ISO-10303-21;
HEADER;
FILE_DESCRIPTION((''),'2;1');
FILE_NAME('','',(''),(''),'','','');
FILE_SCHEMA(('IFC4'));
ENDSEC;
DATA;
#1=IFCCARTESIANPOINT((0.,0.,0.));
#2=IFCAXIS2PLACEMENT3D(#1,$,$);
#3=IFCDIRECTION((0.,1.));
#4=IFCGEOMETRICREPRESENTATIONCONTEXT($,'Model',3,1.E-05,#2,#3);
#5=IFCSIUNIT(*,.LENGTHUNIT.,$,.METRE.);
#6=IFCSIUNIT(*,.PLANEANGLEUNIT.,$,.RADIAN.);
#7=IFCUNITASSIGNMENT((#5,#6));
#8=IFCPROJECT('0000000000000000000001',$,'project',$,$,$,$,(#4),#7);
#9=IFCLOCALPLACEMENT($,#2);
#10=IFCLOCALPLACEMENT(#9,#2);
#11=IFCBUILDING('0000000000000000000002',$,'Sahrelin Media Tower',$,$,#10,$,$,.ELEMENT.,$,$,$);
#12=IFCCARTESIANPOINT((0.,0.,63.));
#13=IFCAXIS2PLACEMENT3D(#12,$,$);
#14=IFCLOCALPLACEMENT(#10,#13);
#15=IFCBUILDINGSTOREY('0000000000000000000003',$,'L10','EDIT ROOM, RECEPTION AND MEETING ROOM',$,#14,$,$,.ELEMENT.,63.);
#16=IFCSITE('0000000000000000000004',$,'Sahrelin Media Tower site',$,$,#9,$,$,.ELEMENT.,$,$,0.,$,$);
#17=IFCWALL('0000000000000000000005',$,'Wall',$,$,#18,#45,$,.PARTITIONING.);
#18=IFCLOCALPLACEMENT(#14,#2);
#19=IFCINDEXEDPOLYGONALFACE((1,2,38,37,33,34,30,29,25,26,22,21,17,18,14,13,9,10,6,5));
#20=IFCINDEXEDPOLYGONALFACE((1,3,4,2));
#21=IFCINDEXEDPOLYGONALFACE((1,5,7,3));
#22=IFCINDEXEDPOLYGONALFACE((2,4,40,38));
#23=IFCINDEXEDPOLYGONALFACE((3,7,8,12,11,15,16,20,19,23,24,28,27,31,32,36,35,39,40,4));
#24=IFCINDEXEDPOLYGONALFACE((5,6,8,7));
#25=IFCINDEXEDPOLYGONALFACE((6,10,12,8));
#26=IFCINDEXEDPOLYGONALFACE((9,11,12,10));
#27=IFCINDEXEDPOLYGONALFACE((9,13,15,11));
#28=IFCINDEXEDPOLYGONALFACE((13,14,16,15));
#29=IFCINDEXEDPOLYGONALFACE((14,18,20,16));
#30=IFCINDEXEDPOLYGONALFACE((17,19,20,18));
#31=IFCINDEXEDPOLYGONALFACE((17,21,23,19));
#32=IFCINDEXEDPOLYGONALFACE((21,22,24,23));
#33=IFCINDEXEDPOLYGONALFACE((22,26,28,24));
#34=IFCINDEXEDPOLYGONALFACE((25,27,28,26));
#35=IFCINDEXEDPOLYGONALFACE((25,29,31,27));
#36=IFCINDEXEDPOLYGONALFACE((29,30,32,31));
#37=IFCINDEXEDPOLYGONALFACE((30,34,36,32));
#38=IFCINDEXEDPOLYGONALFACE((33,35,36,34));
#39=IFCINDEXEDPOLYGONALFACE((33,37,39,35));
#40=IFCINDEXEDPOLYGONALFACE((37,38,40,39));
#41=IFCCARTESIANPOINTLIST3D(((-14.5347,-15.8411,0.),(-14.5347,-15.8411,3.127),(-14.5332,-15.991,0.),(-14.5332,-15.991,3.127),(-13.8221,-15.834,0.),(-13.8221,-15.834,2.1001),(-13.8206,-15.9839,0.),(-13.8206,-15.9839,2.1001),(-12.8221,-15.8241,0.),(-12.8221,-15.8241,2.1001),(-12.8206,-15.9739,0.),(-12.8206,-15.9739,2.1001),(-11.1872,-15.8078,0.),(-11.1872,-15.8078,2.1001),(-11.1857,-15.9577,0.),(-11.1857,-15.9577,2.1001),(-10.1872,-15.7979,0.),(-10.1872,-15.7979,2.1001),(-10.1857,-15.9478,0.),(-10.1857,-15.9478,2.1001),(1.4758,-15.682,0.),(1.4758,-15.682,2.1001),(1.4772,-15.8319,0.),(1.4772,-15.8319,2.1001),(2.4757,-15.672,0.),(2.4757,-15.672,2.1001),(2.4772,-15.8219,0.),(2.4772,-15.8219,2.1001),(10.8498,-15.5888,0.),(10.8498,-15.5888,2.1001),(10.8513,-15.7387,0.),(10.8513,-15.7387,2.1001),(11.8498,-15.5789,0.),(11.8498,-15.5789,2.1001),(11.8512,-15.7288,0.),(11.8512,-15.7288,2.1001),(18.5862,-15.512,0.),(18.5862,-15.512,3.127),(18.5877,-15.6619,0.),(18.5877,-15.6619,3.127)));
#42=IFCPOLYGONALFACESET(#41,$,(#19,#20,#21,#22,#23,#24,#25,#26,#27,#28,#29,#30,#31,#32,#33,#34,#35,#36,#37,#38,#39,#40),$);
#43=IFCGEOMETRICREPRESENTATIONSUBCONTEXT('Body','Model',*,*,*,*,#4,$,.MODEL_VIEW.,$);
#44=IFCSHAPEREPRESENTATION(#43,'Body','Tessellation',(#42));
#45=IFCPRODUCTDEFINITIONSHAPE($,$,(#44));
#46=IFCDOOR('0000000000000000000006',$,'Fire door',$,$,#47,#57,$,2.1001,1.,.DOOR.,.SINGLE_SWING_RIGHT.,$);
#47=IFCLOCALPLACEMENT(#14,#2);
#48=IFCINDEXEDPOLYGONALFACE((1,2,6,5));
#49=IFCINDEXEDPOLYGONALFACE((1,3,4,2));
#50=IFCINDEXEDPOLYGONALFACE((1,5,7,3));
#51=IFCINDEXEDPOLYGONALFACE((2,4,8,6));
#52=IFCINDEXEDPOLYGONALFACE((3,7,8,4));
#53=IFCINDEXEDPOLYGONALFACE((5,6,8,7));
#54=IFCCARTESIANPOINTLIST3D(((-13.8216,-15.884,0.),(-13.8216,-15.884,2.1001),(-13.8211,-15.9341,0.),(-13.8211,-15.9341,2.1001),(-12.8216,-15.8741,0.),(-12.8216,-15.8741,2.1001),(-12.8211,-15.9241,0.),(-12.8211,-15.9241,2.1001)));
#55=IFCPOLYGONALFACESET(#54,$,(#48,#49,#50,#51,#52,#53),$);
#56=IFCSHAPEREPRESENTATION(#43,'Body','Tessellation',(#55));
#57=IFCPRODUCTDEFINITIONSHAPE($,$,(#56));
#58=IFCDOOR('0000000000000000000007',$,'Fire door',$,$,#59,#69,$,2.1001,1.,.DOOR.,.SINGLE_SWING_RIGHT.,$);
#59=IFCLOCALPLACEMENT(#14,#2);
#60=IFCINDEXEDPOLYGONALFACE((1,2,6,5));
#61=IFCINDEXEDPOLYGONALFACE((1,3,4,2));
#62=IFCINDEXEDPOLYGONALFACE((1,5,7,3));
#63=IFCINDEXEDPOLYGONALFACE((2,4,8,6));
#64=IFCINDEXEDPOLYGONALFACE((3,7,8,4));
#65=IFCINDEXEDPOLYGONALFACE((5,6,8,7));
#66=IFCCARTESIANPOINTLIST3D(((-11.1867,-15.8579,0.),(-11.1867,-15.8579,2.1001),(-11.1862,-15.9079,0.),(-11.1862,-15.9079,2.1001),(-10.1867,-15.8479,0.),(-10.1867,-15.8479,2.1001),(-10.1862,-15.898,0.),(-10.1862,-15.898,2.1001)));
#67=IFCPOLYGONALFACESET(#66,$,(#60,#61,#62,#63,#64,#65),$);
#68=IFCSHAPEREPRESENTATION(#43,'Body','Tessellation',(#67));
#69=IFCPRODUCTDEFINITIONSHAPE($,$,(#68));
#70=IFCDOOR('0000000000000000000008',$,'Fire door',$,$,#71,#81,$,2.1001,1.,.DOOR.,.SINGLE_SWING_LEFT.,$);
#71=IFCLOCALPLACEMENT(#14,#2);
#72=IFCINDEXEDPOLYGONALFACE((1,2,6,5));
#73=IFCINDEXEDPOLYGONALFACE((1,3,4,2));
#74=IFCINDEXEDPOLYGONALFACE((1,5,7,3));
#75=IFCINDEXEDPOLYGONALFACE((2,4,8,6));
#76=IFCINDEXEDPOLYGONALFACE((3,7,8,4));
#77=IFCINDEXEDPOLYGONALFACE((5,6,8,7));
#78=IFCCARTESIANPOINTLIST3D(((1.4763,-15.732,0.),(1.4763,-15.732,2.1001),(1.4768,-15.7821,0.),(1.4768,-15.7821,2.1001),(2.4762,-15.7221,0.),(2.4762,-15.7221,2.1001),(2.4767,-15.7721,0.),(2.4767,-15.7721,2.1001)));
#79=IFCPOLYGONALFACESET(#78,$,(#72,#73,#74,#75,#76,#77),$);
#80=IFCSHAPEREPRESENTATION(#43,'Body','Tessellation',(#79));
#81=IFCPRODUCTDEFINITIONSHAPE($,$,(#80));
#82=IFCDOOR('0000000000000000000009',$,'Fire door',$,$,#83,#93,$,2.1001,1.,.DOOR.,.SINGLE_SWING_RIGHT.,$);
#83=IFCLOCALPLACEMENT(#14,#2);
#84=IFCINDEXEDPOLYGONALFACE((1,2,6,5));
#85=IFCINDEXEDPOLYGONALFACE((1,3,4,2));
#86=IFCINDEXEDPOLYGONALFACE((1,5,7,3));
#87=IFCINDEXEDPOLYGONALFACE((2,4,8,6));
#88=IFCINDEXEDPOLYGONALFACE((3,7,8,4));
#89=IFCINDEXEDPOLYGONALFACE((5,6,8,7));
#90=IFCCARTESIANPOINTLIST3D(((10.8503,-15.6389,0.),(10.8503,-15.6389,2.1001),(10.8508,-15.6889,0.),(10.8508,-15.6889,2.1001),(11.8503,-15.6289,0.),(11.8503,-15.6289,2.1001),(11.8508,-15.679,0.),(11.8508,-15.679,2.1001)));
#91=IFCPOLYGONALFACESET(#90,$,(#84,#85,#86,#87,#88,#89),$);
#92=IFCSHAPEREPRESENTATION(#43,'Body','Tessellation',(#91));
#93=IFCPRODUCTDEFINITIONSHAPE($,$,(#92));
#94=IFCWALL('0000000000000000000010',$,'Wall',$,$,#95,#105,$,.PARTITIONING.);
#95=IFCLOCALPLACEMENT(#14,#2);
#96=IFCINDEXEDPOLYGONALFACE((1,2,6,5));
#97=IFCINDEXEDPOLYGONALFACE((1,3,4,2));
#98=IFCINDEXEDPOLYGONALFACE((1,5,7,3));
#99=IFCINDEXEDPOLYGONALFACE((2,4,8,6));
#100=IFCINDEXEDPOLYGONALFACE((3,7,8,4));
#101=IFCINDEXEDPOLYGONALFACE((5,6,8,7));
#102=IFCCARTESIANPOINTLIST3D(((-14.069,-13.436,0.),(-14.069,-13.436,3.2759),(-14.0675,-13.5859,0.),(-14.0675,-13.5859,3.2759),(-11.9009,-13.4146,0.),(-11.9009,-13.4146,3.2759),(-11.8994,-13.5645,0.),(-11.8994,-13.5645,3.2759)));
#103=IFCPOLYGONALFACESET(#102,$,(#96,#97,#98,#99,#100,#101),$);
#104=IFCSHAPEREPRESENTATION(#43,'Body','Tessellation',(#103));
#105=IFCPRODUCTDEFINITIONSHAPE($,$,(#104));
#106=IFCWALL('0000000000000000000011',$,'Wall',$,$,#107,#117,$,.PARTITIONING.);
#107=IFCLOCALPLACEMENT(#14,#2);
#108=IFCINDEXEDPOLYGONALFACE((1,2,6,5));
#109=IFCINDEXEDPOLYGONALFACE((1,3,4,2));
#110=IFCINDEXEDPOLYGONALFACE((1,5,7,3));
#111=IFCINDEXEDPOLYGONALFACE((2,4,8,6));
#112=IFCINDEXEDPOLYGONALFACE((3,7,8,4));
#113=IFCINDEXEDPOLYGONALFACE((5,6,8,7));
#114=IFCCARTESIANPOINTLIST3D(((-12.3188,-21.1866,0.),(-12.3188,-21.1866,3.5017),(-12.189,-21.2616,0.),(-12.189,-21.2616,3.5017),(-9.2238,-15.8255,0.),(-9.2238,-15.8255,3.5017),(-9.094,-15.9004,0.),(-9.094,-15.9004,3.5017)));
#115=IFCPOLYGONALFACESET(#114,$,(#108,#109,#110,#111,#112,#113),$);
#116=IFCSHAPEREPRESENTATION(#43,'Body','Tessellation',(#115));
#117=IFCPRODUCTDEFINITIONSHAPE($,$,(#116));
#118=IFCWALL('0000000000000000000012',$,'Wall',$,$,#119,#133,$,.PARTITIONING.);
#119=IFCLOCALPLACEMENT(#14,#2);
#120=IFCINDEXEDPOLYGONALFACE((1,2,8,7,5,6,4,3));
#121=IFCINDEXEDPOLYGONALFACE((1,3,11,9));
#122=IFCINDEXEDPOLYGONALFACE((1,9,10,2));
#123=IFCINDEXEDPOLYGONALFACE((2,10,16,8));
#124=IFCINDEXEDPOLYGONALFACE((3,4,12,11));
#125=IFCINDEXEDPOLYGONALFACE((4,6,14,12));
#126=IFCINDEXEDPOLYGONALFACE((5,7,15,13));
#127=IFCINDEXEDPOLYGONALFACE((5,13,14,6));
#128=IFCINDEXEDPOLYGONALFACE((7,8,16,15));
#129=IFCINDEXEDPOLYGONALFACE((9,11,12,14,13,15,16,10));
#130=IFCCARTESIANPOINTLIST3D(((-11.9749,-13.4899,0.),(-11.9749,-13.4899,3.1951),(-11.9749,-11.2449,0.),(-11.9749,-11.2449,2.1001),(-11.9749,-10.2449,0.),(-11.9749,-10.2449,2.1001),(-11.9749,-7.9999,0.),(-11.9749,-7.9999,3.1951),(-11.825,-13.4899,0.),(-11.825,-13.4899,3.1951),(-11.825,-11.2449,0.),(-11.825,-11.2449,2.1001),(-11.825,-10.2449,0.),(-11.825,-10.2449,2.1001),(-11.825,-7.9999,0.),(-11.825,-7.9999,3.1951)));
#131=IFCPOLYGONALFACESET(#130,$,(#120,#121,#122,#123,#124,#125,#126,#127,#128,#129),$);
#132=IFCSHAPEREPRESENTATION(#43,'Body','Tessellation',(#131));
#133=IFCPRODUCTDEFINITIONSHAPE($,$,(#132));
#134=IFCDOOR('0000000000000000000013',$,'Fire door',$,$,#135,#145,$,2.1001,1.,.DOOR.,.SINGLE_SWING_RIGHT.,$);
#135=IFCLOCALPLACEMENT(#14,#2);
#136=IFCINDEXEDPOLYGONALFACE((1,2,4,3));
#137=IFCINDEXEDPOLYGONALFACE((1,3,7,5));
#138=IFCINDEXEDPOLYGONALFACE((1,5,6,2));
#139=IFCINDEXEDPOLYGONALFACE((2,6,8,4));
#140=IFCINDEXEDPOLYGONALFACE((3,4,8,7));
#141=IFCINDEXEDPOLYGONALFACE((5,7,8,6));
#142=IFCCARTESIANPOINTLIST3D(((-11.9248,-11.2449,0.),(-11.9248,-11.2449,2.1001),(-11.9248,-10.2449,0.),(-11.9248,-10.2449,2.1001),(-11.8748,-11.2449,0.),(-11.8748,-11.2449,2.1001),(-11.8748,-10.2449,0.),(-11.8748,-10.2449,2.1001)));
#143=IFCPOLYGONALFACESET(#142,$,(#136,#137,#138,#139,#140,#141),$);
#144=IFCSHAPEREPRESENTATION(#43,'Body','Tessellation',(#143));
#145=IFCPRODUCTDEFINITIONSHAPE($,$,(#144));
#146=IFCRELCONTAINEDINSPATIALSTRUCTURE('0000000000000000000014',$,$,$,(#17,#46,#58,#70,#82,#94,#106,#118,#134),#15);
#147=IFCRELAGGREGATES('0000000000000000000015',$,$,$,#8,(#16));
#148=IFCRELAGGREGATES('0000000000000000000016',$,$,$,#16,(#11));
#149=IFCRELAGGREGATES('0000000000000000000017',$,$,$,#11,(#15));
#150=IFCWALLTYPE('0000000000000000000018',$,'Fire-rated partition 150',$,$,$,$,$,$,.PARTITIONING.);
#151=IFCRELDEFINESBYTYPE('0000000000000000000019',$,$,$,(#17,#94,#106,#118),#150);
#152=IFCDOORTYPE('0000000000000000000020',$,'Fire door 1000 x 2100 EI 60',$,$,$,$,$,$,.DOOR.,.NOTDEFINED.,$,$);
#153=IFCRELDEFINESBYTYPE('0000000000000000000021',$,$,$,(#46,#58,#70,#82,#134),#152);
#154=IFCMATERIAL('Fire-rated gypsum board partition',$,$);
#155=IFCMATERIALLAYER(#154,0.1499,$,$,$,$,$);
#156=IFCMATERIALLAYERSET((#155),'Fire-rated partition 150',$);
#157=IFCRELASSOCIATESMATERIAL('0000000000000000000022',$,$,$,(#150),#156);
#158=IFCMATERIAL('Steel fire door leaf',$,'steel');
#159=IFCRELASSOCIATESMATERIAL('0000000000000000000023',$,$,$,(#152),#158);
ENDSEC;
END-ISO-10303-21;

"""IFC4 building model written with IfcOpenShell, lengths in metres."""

from ifc_helpers import new_model, si_unit, direction, frame, frame_2d, origin, place, context, subcontext, project, spatial, rectangle, extrude, material, layer, layer_set, type_object, element, fill, save


model = new_model("IFC4")

# Units and contexts
model_context = context("Model", 3, precision=1e-05, world=origin(), true_north=direction((0.0, 1.0)))
body_context = subcontext(model_context, "Body", "Model", "MODEL_VIEW")
ifc_project = project(units=[si_unit("LENGTHUNIT", "METRE"), si_unit("PLANEANGLEUNIT", "RADIAN")], contexts=[model_context])

# Site, building, storey
site_placement = place(None, origin())
site = spatial("IfcSite", under=ifc_project, at=site_placement, Name="Sahrelin Media Tower site", CompositionType="ELEMENT", RefElevation=0.0)
building_placement = place(site_placement, origin())
building = spatial("IfcBuilding", under=site, at=building_placement, Name="Sahrelin Media Tower", CompositionType="ELEMENT")
storey_placement = place(building_placement, frame((0.0, 0.0, 63.0)))
storey = spatial("IfcBuildingStorey", under=building, at=storey_placement, Name="L10", Description="EDIT ROOM, RECEPTION AND MEETING ROOM", CompositionType="ELEMENT", Elevation=63.0)

# Wall, openings, doors
ifc_material_1 = material(Name="Fire-rated gypsum board partition")
ifc_layer_1 = layer(ifc_material_1, 0.1499)
ifc_layer_set_1 = layer_set([ifc_layer_1], Name="Fire-rated partition 150")
wall_type_1 = type_object("IfcWallType", Name="Fire-rated partition 150", PredefinedType="PARTITIONING", material=ifc_layer_set_1)
wall_1_placement = place(storey_placement, frame((-14.5339, -15.916, 0.0), z_axis=(0.0, 0.0, 1.0), x_axis=(0.999951, 0.009936, 0.0)))
wall_1 = element("IfcWall", 1, at=wall_1_placement, inside=storey, type_object=wall_type_1, Name="Wall", PredefinedType="PARTITIONING", context=body_context, shape_type="SweptSolid", body=[
    extrude(rectangle(XDim=33.1226, YDim=0.1499, at=frame_2d((16.5613, 0.0))), origin(), (0.0, 0.0, 1.0), 3.127),
])
opening_1_placement = place(wall_1_placement, frame((0.7126, 0.0, 0.0)))
opening_1 = element("IfcOpeningElement", 2, at=opening_1_placement, cuts=wall_1, PredefinedType="OPENING", context=body_context, shape_type="SweptSolid", body=[
    extrude(rectangle(XDim=1.0, YDim=2.1001, at=frame_2d((0.5, 1.05))), frame((0.0, 0.075, 0.0), z_axis=(0.0, -1.0, 0.0), x_axis=(1.0, 0.0, 0.0)), (0.0, 0.0, 1.0), 0.1499),
])
opening_2_placement = place(wall_1_placement, frame((3.3477, 0.0, 0.0)))
opening_2 = element("IfcOpeningElement", 3, at=opening_2_placement, cuts=wall_1, PredefinedType="OPENING", context=body_context, shape_type="SweptSolid", body=[
    extrude(rectangle(XDim=1.0, YDim=2.1001, at=frame_2d((0.5, 1.05))), frame((0.0, 0.075, 0.0), z_axis=(0.0, -1.0, 0.0), x_axis=(1.0, 0.0, 0.0)), (0.0, 0.0, 1.0), 0.1499),
])
opening_3_placement = place(wall_1_placement, frame((16.0112, 0.0, 0.0)))
opening_3 = element("IfcOpeningElement", 4, at=opening_3_placement, cuts=wall_1, PredefinedType="OPENING", context=body_context, shape_type="SweptSolid", body=[
    extrude(rectangle(XDim=1.0, YDim=2.1001, at=frame_2d((0.5, 1.05))), frame((0.0, 0.075, 0.0), z_axis=(0.0, -1.0, 0.0), x_axis=(1.0, 0.0, 0.0)), (0.0, 0.0, 1.0), 0.1499),
])
opening_4_placement = place(wall_1_placement, frame((25.3857, 0.0, 0.0)))
opening_4 = element("IfcOpeningElement", 5, at=opening_4_placement, cuts=wall_1, PredefinedType="OPENING", context=body_context, shape_type="SweptSolid", body=[
    extrude(rectangle(XDim=1.0, YDim=2.1001, at=frame_2d((0.5, 1.05))), frame((0.0, 0.075, 0.0), z_axis=(0.0, -1.0, 0.0), x_axis=(1.0, 0.0, 0.0)), (0.0, 0.0, 1.0), 0.1499),
])
ifc_material_2 = material(Name="Steel fire door leaf", Category="steel")
door_type_1 = type_object("IfcDoorType", Name="Fire door 1000 x 2100 EI 60", OperationType="NOTDEFINED", PredefinedType="DOOR", material=ifc_material_2)
door_1_placement = place(opening_1_placement, origin())
door_1 = element("IfcDoor", 6, at=door_1_placement, inside=storey, type_object=door_type_1, Name="Fire door", OperationType="SINGLE_SWING_RIGHT", OverallHeight=2.1001, OverallWidth=1.0, PredefinedType="DOOR", context=body_context, shape_type="SweptSolid", body=[
    extrude(rectangle(XDim=1.0, YDim=2.1001, at=frame_2d((0.5, 1.05))), frame((0.0, 0.0249, 0.0), z_axis=(0.0, -1.0, 0.0), x_axis=(1.0, 0.0, 0.0)), (0.0, 0.0, 1.0), 0.05),
])
fill(opening_1, door_1)
door_2_placement = place(opening_2_placement, origin())
door_2 = element("IfcDoor", 7, at=door_2_placement, inside=storey, type_object=door_type_1, Name="Fire door", OperationType="SINGLE_SWING_RIGHT", OverallHeight=2.1001, OverallWidth=1.0, PredefinedType="DOOR", context=body_context, shape_type="SweptSolid", body=[
    extrude(rectangle(XDim=1.0, YDim=2.1001, at=frame_2d((0.5, 1.05))), frame((0.0, 0.0249, 0.0), z_axis=(0.0, -1.0, 0.0), x_axis=(1.0, 0.0, 0.0)), (0.0, 0.0, 1.0), 0.05),
])
fill(opening_2, door_2)
door_3_placement = place(opening_3_placement, origin())
door_3 = element("IfcDoor", 8, at=door_3_placement, inside=storey, type_object=door_type_1, Name="Fire door", OperationType="SINGLE_SWING_LEFT", OverallHeight=2.1001, OverallWidth=1.0, PredefinedType="DOOR", context=body_context, shape_type="SweptSolid", body=[
    extrude(rectangle(XDim=1.0, YDim=2.1001, at=frame_2d((0.5, 1.05))), frame((0.0, 0.0249, 0.0), z_axis=(0.0, -1.0, 0.0), x_axis=(1.0, 0.0, 0.0)), (0.0, 0.0, 1.0), 0.05),
])
fill(opening_3, door_3)
door_4_placement = place(opening_4_placement, origin())
door_4 = element("IfcDoor", 9, at=door_4_placement, inside=storey, type_object=door_type_1, Name="Fire door", OperationType="SINGLE_SWING_RIGHT", OverallHeight=2.1001, OverallWidth=1.0, PredefinedType="DOOR", context=body_context, shape_type="SweptSolid", body=[
    extrude(rectangle(XDim=1.0, YDim=2.1001, at=frame_2d((0.5, 1.05))), frame((0.0, 0.0249, 0.0), z_axis=(0.0, -1.0, 0.0), x_axis=(1.0, 0.0, 0.0)), (0.0, 0.0, 1.0), 0.05),
])
fill(opening_4, door_4)

# Walls
wall_2_placement = place(storey_placement, frame((-14.0681, -13.511, 0.0), z_axis=(0.0, 0.0, 1.0), x_axis=(0.999951, 0.009908, 0.0)))
element("IfcWall", 10, at=wall_2_placement, inside=storey, type_object=wall_type_1, Name="Wall", PredefinedType="PARTITIONING", context=body_context, shape_type="SweptSolid", body=[
    extrude(rectangle(XDim=2.1682, YDim=0.1499, at=frame_2d((1.084, 0.0))), origin(), (0.0, 0.0, 1.0), 3.2759),
])
wall_3_placement = place(storey_placement, frame((-12.2539, -21.2241, 0.0), z_axis=(0.0, 0.0, 1.0), x_axis=(0.499969, 0.866043, 0.0)))
element("IfcWall", 11, at=wall_3_placement, inside=storey, type_object=wall_type_1, Name="Wall", PredefinedType="PARTITIONING", context=body_context, shape_type="SweptSolid", body=[
    extrude(rectangle(XDim=6.1904, YDim=0.1499, at=frame_2d((3.0952, 0.0))), origin(), (0.0, 0.0, 1.0), 3.5017),
])

# Wall, opening, door
wall_4_placement = place(storey_placement, frame((-11.8999, -13.49, 0.0), z_axis=(0.0, 0.0, 1.0), x_axis=(0.0, 1.0, 0.0)))
wall_4 = element("IfcWall", 12, at=wall_4_placement, inside=storey, type_object=wall_type_1, Name="Wall", PredefinedType="PARTITIONING", context=body_context, shape_type="SweptSolid", body=[
    extrude(rectangle(XDim=5.49, YDim=0.1499, at=frame_2d((2.7451, 0.0))), origin(), (0.0, 0.0, 1.0), 3.1951),
])
opening_5_placement = place(wall_4_placement, frame((2.2451, 0.0, 0.0)))
opening_5 = element("IfcOpeningElement", 13, at=opening_5_placement, cuts=wall_4, PredefinedType="OPENING", context=body_context, shape_type="SweptSolid", body=[
    extrude(rectangle(XDim=1.0, YDim=2.1001, at=frame_2d((0.5, 1.05))), frame((0.0, 0.075, 0.0), z_axis=(0.0, -1.0, 0.0), x_axis=(1.0, 0.0, 0.0)), (0.0, 0.0, 1.0), 0.1499),
])
door_5_placement = place(opening_5_placement, origin())
door_5 = element("IfcDoor", 14, at=door_5_placement, inside=storey, type_object=door_type_1, Name="Fire door", OperationType="SINGLE_SWING_RIGHT", OverallHeight=2.1001, OverallWidth=1.0, PredefinedType="DOOR", context=body_context, shape_type="SweptSolid", body=[
    extrude(rectangle(XDim=1.0, YDim=2.1001, at=frame_2d((0.5, 1.05))), frame((0.0, 0.0249, 0.0), z_axis=(0.0, -1.0, 0.0), x_axis=(1.0, 0.0, 0.0)), (0.0, 0.0, 1.0), 0.05),
])
fill(opening_5, door_5)

save(model, "model.ifc")
